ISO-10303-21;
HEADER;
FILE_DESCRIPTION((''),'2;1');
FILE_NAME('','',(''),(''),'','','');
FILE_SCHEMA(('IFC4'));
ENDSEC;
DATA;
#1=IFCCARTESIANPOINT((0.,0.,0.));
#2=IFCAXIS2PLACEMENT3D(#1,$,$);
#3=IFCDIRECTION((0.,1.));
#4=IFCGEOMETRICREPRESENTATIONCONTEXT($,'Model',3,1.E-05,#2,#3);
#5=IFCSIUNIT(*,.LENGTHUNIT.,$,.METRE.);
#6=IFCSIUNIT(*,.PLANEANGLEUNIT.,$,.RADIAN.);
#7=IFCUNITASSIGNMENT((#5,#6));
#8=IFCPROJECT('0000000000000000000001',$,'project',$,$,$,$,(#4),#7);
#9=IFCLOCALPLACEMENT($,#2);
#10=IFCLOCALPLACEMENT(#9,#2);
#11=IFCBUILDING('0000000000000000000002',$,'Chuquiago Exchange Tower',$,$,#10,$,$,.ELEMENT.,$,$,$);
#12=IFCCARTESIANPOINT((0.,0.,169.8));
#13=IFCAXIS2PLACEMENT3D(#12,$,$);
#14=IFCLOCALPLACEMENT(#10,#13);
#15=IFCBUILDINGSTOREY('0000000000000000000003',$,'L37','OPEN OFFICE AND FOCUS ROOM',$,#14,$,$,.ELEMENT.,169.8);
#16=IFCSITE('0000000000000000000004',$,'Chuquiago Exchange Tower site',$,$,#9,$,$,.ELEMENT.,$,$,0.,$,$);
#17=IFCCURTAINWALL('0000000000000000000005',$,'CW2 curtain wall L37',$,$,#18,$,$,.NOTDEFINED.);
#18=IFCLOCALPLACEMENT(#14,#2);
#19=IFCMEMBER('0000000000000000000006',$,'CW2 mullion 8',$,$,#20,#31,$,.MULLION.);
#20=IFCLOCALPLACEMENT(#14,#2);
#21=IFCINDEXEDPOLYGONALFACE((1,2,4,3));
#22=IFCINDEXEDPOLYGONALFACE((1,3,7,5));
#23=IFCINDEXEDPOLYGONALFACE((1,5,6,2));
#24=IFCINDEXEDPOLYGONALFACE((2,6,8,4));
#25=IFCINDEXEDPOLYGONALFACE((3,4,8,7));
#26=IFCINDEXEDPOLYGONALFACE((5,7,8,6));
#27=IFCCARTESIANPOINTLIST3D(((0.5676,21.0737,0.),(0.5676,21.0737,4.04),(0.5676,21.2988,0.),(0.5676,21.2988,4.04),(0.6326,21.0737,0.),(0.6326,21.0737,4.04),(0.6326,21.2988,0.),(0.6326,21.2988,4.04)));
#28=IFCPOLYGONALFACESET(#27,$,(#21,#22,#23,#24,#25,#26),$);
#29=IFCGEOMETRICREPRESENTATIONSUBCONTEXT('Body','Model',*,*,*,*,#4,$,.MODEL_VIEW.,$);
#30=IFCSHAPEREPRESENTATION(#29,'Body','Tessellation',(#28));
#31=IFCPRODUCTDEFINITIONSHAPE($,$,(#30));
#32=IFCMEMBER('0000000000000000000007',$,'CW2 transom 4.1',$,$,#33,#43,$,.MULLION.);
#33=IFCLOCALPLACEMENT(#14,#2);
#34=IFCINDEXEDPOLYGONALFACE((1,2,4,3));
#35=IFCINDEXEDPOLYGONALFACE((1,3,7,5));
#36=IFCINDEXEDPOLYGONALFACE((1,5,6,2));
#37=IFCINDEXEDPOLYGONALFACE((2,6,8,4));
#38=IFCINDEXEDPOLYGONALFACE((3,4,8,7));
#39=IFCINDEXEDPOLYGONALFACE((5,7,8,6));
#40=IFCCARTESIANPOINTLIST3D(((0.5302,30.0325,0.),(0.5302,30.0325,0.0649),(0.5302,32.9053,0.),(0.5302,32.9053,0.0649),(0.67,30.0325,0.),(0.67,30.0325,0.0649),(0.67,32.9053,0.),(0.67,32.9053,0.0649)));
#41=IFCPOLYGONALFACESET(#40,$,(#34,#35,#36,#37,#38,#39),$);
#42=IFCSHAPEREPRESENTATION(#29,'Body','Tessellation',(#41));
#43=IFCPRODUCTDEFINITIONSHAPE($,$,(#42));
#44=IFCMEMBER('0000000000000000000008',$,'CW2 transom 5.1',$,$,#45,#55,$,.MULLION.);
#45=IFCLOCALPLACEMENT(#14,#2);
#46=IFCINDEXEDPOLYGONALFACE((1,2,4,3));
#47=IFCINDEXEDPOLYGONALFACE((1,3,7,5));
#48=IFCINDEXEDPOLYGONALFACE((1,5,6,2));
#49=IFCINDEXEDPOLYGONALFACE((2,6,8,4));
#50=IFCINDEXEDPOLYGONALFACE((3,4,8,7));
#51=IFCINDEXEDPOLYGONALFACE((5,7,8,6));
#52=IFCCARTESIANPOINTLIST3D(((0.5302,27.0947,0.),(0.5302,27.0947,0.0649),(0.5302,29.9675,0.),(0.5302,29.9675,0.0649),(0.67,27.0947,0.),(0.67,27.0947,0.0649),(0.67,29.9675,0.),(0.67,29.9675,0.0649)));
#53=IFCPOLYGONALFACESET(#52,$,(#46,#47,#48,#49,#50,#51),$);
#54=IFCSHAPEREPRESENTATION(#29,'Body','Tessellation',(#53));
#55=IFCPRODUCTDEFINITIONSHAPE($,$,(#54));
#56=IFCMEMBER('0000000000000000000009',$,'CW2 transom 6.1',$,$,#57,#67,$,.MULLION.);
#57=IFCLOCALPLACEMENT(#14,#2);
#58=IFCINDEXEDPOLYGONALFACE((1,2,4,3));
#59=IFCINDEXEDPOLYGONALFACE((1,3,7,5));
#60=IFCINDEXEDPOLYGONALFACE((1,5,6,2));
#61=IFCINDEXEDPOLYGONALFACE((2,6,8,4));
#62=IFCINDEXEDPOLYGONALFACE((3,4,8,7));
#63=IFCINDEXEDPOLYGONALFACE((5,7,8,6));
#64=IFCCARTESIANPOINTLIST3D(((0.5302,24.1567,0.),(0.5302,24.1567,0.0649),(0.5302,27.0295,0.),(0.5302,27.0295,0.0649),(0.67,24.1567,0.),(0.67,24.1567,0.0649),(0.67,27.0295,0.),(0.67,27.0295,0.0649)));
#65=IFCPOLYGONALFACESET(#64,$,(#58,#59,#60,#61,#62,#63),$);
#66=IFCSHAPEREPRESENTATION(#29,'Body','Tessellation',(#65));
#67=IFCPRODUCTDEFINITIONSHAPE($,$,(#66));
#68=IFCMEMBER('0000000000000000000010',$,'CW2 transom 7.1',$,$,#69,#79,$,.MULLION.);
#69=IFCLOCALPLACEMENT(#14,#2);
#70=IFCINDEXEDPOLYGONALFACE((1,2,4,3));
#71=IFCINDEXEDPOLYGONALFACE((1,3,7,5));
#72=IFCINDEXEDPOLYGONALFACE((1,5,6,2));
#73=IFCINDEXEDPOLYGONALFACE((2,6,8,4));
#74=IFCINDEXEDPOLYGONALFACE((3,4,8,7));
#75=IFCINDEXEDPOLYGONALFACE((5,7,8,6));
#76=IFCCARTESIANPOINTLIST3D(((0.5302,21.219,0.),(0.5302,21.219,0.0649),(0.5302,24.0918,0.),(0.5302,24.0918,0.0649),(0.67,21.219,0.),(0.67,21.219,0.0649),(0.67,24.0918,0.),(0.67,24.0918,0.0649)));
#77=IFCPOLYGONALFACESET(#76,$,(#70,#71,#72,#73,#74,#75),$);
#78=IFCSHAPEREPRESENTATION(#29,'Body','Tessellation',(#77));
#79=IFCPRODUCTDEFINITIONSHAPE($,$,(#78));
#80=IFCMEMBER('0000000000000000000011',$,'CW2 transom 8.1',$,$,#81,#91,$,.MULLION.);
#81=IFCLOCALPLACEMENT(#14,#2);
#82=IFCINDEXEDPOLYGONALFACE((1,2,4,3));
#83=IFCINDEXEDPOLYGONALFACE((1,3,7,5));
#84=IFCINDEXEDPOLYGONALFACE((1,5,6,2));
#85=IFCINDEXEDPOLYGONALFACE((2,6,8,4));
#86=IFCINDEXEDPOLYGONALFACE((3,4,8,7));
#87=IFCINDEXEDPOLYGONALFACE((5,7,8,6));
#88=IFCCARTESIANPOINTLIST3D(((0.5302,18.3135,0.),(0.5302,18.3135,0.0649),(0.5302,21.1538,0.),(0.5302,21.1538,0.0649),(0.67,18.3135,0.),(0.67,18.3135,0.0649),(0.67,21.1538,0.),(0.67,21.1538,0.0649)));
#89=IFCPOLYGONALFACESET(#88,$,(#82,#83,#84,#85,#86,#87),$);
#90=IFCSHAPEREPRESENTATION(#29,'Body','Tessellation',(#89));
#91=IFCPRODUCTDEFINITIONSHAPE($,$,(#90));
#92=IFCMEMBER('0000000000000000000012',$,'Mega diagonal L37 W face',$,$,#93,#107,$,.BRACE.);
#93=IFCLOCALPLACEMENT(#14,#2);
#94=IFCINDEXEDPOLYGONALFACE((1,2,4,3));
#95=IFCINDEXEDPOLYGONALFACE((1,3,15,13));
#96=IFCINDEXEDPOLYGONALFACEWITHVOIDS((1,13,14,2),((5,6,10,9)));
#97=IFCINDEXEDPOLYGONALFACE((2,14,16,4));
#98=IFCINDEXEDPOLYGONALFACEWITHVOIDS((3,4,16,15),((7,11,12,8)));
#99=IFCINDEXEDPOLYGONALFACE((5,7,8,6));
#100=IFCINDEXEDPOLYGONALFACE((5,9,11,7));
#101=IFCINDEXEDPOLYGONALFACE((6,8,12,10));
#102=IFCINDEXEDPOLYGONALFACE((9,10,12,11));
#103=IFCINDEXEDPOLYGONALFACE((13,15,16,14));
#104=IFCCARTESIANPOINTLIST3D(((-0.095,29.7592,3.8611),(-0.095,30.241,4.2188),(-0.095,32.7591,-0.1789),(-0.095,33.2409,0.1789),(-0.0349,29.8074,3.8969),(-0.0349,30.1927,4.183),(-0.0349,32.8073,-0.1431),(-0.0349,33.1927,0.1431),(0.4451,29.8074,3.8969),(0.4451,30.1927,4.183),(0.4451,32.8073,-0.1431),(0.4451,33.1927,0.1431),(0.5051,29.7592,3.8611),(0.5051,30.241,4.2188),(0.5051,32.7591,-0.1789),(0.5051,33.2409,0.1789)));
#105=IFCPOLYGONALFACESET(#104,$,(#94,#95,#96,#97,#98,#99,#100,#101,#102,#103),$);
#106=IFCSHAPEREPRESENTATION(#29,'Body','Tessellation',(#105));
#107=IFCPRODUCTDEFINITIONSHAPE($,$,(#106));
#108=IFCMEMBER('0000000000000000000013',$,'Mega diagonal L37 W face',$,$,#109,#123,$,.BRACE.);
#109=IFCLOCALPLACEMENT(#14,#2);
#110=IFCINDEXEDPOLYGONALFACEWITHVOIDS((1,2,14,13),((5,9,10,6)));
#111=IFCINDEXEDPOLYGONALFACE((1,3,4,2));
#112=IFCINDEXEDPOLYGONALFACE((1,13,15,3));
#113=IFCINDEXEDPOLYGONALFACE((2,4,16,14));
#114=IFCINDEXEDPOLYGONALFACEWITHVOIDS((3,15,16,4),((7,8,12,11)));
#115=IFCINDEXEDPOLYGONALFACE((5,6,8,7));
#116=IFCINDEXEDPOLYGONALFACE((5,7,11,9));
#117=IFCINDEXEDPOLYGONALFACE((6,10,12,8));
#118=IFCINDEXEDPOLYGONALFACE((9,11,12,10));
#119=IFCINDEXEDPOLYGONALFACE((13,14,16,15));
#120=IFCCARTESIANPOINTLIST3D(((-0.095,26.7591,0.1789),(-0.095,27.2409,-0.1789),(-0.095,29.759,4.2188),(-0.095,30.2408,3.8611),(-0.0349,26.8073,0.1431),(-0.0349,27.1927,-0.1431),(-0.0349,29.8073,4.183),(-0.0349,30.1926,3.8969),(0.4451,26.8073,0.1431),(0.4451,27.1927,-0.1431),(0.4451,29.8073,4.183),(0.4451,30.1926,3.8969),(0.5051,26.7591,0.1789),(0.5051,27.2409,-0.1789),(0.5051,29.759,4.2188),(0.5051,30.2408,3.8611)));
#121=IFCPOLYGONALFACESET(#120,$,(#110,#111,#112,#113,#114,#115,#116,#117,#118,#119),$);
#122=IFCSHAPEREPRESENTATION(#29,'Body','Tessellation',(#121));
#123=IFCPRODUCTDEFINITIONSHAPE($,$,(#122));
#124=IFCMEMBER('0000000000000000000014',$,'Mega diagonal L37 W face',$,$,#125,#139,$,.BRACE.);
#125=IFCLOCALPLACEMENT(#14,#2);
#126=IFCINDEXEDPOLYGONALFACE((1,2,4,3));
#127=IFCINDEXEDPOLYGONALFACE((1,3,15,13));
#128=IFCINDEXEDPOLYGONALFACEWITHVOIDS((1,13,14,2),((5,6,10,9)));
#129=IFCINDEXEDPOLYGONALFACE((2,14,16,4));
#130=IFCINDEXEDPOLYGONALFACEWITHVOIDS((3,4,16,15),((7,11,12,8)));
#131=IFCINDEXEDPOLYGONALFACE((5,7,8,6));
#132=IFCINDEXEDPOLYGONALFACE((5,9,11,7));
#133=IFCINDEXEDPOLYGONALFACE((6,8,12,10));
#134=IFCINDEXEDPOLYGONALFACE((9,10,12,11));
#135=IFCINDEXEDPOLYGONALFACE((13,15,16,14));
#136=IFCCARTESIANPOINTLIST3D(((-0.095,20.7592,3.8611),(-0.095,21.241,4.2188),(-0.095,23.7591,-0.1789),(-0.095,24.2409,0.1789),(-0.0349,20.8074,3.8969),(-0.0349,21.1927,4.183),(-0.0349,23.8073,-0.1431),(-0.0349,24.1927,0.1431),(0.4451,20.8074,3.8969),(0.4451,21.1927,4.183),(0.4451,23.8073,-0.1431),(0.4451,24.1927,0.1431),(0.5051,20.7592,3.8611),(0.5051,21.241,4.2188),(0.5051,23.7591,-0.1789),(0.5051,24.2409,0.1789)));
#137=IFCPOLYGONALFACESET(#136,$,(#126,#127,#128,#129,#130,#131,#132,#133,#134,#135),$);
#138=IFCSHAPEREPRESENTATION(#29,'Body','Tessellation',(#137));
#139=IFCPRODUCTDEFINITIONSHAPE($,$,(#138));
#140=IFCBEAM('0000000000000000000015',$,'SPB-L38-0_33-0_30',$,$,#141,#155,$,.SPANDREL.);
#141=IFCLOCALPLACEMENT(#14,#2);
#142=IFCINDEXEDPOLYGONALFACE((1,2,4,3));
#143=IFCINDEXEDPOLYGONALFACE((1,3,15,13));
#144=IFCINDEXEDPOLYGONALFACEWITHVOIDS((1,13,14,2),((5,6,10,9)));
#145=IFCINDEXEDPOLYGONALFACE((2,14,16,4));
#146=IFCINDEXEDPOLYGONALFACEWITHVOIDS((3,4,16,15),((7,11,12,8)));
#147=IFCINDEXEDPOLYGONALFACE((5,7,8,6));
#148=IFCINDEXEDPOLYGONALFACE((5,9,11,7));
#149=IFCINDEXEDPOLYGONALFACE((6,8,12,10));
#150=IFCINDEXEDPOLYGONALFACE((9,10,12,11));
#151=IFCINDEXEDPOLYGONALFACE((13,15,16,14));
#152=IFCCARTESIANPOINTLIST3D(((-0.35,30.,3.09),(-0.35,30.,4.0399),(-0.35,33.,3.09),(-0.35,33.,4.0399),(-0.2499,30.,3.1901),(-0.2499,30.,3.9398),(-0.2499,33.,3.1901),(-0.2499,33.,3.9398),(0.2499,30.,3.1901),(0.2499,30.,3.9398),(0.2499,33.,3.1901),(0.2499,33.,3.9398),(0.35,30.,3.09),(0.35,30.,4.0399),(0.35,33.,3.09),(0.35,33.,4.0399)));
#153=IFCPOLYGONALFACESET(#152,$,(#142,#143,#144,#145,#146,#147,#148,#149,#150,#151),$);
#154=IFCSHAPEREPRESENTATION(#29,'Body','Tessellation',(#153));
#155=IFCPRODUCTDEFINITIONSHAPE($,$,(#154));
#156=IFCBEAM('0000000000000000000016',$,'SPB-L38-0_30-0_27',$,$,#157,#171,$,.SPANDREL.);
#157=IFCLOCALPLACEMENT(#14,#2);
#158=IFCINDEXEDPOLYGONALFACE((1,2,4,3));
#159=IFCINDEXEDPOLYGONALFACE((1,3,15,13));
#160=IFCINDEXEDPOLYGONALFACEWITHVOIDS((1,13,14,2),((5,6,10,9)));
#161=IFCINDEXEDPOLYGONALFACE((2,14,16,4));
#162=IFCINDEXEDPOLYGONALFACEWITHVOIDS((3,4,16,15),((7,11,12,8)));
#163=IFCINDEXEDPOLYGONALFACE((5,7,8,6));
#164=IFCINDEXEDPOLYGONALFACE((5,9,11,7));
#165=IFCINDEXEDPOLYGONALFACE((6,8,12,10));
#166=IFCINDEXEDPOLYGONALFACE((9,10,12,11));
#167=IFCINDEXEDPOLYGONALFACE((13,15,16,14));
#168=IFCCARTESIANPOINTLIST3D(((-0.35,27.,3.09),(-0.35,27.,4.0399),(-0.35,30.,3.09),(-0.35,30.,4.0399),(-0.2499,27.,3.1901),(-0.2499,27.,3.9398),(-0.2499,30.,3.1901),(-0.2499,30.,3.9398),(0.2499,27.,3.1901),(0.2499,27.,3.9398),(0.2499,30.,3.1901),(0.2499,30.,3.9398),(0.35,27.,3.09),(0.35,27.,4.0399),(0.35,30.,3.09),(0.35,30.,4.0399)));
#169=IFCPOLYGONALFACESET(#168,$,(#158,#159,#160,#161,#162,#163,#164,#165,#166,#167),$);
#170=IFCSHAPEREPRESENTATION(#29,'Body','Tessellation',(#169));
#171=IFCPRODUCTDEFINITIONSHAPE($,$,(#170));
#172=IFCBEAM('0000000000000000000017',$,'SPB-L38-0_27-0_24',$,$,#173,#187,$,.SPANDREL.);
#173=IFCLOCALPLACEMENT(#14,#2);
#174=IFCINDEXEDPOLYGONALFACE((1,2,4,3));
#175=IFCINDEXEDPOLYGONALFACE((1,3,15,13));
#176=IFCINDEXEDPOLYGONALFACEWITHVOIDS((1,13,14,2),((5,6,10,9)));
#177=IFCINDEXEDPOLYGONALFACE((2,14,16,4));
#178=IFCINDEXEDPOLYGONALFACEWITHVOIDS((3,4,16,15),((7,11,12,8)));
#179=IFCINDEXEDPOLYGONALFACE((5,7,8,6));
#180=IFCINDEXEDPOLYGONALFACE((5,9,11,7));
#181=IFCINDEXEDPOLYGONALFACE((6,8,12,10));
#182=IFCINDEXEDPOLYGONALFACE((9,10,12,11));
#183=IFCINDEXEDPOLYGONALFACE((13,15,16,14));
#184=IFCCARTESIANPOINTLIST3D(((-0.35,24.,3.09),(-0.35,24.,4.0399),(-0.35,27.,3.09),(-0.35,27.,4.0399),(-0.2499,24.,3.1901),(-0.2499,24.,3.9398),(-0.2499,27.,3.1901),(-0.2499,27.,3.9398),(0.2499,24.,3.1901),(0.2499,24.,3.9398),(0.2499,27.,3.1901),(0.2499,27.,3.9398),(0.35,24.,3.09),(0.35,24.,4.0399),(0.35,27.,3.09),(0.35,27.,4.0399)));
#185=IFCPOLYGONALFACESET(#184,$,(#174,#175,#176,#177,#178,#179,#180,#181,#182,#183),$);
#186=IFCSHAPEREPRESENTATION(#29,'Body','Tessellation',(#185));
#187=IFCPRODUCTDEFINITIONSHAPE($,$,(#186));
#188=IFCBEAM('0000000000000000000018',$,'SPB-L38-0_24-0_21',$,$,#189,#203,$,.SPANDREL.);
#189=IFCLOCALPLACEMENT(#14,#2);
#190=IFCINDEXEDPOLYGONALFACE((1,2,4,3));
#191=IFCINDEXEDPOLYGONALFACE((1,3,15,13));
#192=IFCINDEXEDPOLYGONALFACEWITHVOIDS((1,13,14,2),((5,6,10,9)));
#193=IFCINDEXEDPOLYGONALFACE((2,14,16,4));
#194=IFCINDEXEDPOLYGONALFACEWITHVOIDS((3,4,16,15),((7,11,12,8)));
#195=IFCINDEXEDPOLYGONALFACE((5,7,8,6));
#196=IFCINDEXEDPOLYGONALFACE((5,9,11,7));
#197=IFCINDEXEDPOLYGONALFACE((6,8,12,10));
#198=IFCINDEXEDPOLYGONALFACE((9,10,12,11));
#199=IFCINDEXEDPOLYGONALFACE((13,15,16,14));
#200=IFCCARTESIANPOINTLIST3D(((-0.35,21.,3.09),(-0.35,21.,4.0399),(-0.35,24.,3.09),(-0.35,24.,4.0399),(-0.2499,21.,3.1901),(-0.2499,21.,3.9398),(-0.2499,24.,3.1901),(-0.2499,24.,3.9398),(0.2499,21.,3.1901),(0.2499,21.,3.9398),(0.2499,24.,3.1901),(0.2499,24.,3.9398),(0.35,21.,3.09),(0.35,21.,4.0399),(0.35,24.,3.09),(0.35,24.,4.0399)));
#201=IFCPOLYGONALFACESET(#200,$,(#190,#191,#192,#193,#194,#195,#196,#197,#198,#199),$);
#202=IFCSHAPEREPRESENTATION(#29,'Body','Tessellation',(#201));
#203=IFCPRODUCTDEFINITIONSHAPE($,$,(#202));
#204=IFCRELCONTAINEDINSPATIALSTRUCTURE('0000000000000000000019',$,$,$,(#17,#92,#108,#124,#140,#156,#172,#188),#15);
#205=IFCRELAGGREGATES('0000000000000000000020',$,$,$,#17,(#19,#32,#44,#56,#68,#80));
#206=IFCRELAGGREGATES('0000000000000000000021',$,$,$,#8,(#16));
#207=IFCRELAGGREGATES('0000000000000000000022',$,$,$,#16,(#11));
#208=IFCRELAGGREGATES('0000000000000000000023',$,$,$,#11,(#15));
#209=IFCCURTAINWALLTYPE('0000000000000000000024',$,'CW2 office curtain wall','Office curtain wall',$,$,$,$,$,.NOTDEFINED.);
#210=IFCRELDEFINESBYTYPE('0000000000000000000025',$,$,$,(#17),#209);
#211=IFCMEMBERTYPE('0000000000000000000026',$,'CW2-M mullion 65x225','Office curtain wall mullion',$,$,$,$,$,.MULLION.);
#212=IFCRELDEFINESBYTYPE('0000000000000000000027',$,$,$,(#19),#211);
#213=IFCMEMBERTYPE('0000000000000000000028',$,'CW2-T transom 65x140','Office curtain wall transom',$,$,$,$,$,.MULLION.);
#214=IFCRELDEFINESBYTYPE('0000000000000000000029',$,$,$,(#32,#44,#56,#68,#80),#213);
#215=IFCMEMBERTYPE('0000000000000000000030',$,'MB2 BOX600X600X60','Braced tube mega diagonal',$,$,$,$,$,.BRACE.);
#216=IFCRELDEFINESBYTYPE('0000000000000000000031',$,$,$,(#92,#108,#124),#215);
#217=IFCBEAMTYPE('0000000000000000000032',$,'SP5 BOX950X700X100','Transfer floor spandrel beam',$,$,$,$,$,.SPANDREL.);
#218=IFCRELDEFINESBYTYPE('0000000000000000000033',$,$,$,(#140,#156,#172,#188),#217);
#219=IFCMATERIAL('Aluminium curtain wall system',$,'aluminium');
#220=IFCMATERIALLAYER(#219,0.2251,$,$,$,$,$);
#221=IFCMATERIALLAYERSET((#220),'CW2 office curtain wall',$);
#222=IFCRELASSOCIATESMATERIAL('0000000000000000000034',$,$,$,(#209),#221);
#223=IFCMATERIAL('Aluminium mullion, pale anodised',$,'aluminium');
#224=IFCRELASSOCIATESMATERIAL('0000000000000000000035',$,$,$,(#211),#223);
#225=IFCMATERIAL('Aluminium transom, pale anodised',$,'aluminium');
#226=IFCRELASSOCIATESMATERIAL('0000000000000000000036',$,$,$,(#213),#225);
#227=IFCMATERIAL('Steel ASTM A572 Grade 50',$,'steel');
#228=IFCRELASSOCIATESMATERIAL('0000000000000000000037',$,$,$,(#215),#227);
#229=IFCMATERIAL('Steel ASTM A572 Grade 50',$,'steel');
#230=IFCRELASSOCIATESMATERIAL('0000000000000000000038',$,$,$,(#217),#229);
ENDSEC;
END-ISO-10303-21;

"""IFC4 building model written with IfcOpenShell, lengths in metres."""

from ifc_helpers import new_model, si_unit, direction, frame, origin, origin_2d, place, context, subcontext, project, spatial, rectangle, hollow_rectangle, extrude, material, layer, layer_set, material_profile, profile_set, type_object, element, aggregate, save


model = new_model("IFC4")

# Units and contexts
model_context = context("Model", 3, precision=1e-05, world=origin(), true_north=direction((0.0, 1.0)))
body_context = subcontext(model_context, "Body", "Model", "MODEL_VIEW")
ifc_project = project(units=[si_unit("LENGTHUNIT", "METRE"), si_unit("PLANEANGLEUNIT", "RADIAN")], contexts=[model_context])

# Site, building, storey
site_placement = place(None, origin())
site = spatial("IfcSite", under=ifc_project, at=site_placement, Name="Chuquiago Exchange Tower site", CompositionType="ELEMENT", RefElevation=0.0)
building_placement = place(site_placement, origin())
building = spatial("IfcBuilding", under=site, at=building_placement, Name="Chuquiago Exchange Tower", CompositionType="ELEMENT")
storey_placement = place(building_placement, frame((0.0, 0.0, 169.8)))
storey = spatial("IfcBuildingStorey", under=building, at=storey_placement, Name="L37", Description="OPEN OFFICE AND FOCUS ROOM", CompositionType="ELEMENT", Elevation=169.8)

# Curtain wall, members
ifc_material_1 = material(Name="Aluminium curtain wall system", Category="aluminium")
ifc_layer_1 = layer(ifc_material_1, 0.2251)
ifc_layer_set_1 = layer_set([ifc_layer_1], Name="CW2 office curtain wall")
curtain_wall_type = type_object("IfcCurtainWallType", Name="CW2 office curtain wall", Description="Office curtain wall", PredefinedType="NOTDEFINED", material=ifc_layer_set_1)
curtain_wall_placement = place(storey_placement, origin())
curtain_wall = element("IfcCurtainWall", 1, at=curtain_wall_placement, inside=storey, type_object=curtain_wall_type, Name="CW2 curtain wall L37", PredefinedType="NOTDEFINED")
ifc_material_2 = material(Name="Aluminium mullion, pale anodised", Category="aluminium")
ifc_material_profile_1 = material_profile(ifc_material_2, rectangle(XDim=0.0649, YDim=0.2251, at=origin_2d()), Name="AL 65x225")
ifc_profile_set_1 = profile_set([ifc_material_profile_1], Name="Aluminium mullion, pale anodised")
member_type_1 = type_object("IfcMemberType", Name="CW2-M mullion 65x225", Description="Office curtain wall mullion", PredefinedType="MULLION", material=ifc_profile_set_1)
member_1_placement = place(storey_placement, frame((0.6001, 21.1863, 0.0), z_axis=(0.0, 0.0, 1.0), x_axis=(1.0, 0.0, 0.0)))
member_1 = element("IfcMember", 2, at=member_1_placement, type_object=member_type_1, Name="CW2 mullion 8", PredefinedType="MULLION", context=body_context, shape_type="SweptSolid", body=[
    extrude(rectangle(XDim=0.0649, YDim=0.2251, at=origin_2d()), origin(), (0.0, 0.0, 1.0), 4.04),
])
ifc_material_3 = material(Name="Aluminium transom, pale anodised", Category="aluminium")
ifc_material_profile_2 = material_profile(ifc_material_3, rectangle(XDim=0.1399, YDim=0.0649, at=origin_2d()), Name="AL 140x65")
ifc_profile_set_2 = profile_set([ifc_material_profile_2], Name="Aluminium transom, pale anodised")
member_type_2 = type_object("IfcMemberType", Name="CW2-T transom 65x140", Description="Office curtain wall transom", PredefinedType="MULLION", material=ifc_profile_set_2)
member_2_placement = place(storey_placement, frame((0.6001, 32.9053, 0.0325), z_axis=(0.0, -1.0, 0.0), x_axis=(1.0, 0.0, 0.0)))
member_2 = element("IfcMember", 3, at=member_2_placement, type_object=member_type_2, Name="CW2 transom 4.1", PredefinedType="MULLION", context=body_context, shape_type="SweptSolid", body=[
    extrude(rectangle(XDim=0.1399, YDim=0.0649, at=origin_2d()), origin(), (0.0, 0.0, 1.0), 2.8728),
])
member_3_placement = place(storey_placement, frame((0.6001, 29.9675, 0.0325), z_axis=(0.0, -1.0, 0.0), x_axis=(1.0, 0.0, 0.0)))
member_3 = element("IfcMember", 4, at=member_3_placement, type_object=member_type_2, Name="CW2 transom 5.1", PredefinedType="MULLION", context=body_context, shape_type="SweptSolid", body=[
    extrude(rectangle(XDim=0.1399, YDim=0.0649, at=origin_2d()), origin(), (0.0, 0.0, 1.0), 2.8728),
])
member_4_placement = place(storey_placement, frame((0.6001, 27.0295, 0.0325), z_axis=(0.0, -1.0, 0.0), x_axis=(1.0, 0.0, 0.0)))
member_4 = element("IfcMember", 5, at=member_4_placement, type_object=member_type_2, Name="CW2 transom 6.1", PredefinedType="MULLION", context=body_context, shape_type="SweptSolid", body=[
    extrude(rectangle(XDim=0.1399, YDim=0.0649, at=origin_2d()), origin(), (0.0, 0.0, 1.0), 2.8728),
])
member_5_placement = place(storey_placement, frame((0.6001, 24.0918, 0.0325), z_axis=(0.0, -1.0, 0.0), x_axis=(1.0, 0.0, 0.0)))
member_5 = element("IfcMember", 6, at=member_5_placement, type_object=member_type_2, Name="CW2 transom 7.1", PredefinedType="MULLION", context=body_context, shape_type="SweptSolid", body=[
    extrude(rectangle(XDim=0.1399, YDim=0.0649, at=origin_2d()), origin(), (0.0, 0.0, 1.0), 2.8728),
])
member_6_placement = place(storey_placement, frame((0.6001, 21.1538, 0.0325), z_axis=(0.0, -1.0, 0.0), x_axis=(1.0, 0.0, 0.0)))
member_6 = element("IfcMember", 7, at=member_6_placement, type_object=member_type_2, Name="CW2 transom 8.1", PredefinedType="MULLION", context=body_context, shape_type="SweptSolid", body=[
    extrude(rectangle(XDim=0.1399, YDim=0.0649, at=origin_2d()), origin(), (0.0, 0.0, 1.0), 2.8403),
])

# Members
ifc_material_4 = material(Name="Steel ASTM A572 Grade 50", Category="steel")
ifc_material_profile_3 = material_profile(ifc_material_4, hollow_rectangle(XDim=0.6001, YDim=0.6001, WallThickness=0.0601, at=origin_2d()), Name="BOX600X600X60")
ifc_profile_set_3 = profile_set([ifc_material_profile_3], Name="Steel ASTM A572 Grade 50")
member_type_3 = type_object("IfcMemberType", Name="MB2 BOX600X600X60", Description="Braced tube mega diagonal", PredefinedType="BRACE", material=ifc_profile_set_3)
for number, where, z_axis, x_axis, name in (
    (8, (0.2051, 33.0, 0.0), (0.0, -0.596174, 0.802855), (1.0, 0.0, 0.0), "Mega diagonal L37 W face"),
    (9, (0.2051, 27.0, 0.0), (0.0, 0.596174, 0.802855), (-1.0, 0.0, 0.0), "Mega diagonal L37 W face"),
    (10, (0.2051, 24.0, 0.0), (0.0, -0.596174, 0.802855), (1.0, 0.0, 0.0), "Mega diagonal L37 W face"),
):
    element("IfcMember", number, at=place(storey_placement, frame(where, z_axis=z_axis, x_axis=x_axis)), inside=storey, type_object=member_type_3, Name=name, PredefinedType="BRACE", context=body_context, shape_type="SweptSolid", body=[
        extrude(hollow_rectangle(XDim=0.6001, YDim=0.6001, WallThickness=0.0601, at=origin_2d()), origin(), (0.0, 0.0, 1.0), 5.032),
    ])

# Beams
ifc_material_5 = material(Name="Steel ASTM A572 Grade 50", Category="steel")
ifc_material_profile_4 = material_profile(ifc_material_5, hollow_rectangle(XDim=0.7, YDim=0.95, WallThickness=0.1001, at=origin_2d()), Name="BOX950X700X100")
ifc_profile_set_4 = profile_set([ifc_material_profile_4], Name="Steel ASTM A572 Grade 50")
beam_type_1 = type_object("IfcBeamType", Name="SP5 BOX950X700X100", Description="Transfer floor spandrel beam", PredefinedType="SPANDREL", material=ifc_profile_set_4)
for number, where, z_axis, x_axis, name in (
    (11, (0.0, 33.0, 3.5649), (0.0, -1.0, 0.0), (1.0, 0.0, 0.0), "SPB-L38-0_33-0_30"),
    (12, (0.0, 30.0, 3.5649), (0.0, -1.0, 0.0), (1.0, 0.0, 0.0), "SPB-L38-0_30-0_27"),
    (13, (0.0, 27.0, 3.5649), (0.0, -1.0, 0.0), (1.0, 0.0, 0.0), "SPB-L38-0_27-0_24"),
    (14, (0.0, 24.0, 3.5649), (0.0, -1.0, 0.0), (1.0, 0.0, 0.0), "SPB-L38-0_24-0_21"),
):
    element("IfcBeam", number, at=place(storey_placement, frame(where, z_axis=z_axis, x_axis=x_axis)), inside=storey, type_object=beam_type_1, Name=name, PredefinedType="SPANDREL", context=body_context, shape_type="SweptSolid", body=[
        extrude(hollow_rectangle(XDim=0.7, YDim=0.95, WallThickness=0.1001, at=origin_2d()), origin(), (0.0, 0.0, 1.0), 3.0),
    ])

aggregate(curtain_wall, [member_1, member_2, member_3, member_4, member_5, member_6])

save(model, "model.ifc")
